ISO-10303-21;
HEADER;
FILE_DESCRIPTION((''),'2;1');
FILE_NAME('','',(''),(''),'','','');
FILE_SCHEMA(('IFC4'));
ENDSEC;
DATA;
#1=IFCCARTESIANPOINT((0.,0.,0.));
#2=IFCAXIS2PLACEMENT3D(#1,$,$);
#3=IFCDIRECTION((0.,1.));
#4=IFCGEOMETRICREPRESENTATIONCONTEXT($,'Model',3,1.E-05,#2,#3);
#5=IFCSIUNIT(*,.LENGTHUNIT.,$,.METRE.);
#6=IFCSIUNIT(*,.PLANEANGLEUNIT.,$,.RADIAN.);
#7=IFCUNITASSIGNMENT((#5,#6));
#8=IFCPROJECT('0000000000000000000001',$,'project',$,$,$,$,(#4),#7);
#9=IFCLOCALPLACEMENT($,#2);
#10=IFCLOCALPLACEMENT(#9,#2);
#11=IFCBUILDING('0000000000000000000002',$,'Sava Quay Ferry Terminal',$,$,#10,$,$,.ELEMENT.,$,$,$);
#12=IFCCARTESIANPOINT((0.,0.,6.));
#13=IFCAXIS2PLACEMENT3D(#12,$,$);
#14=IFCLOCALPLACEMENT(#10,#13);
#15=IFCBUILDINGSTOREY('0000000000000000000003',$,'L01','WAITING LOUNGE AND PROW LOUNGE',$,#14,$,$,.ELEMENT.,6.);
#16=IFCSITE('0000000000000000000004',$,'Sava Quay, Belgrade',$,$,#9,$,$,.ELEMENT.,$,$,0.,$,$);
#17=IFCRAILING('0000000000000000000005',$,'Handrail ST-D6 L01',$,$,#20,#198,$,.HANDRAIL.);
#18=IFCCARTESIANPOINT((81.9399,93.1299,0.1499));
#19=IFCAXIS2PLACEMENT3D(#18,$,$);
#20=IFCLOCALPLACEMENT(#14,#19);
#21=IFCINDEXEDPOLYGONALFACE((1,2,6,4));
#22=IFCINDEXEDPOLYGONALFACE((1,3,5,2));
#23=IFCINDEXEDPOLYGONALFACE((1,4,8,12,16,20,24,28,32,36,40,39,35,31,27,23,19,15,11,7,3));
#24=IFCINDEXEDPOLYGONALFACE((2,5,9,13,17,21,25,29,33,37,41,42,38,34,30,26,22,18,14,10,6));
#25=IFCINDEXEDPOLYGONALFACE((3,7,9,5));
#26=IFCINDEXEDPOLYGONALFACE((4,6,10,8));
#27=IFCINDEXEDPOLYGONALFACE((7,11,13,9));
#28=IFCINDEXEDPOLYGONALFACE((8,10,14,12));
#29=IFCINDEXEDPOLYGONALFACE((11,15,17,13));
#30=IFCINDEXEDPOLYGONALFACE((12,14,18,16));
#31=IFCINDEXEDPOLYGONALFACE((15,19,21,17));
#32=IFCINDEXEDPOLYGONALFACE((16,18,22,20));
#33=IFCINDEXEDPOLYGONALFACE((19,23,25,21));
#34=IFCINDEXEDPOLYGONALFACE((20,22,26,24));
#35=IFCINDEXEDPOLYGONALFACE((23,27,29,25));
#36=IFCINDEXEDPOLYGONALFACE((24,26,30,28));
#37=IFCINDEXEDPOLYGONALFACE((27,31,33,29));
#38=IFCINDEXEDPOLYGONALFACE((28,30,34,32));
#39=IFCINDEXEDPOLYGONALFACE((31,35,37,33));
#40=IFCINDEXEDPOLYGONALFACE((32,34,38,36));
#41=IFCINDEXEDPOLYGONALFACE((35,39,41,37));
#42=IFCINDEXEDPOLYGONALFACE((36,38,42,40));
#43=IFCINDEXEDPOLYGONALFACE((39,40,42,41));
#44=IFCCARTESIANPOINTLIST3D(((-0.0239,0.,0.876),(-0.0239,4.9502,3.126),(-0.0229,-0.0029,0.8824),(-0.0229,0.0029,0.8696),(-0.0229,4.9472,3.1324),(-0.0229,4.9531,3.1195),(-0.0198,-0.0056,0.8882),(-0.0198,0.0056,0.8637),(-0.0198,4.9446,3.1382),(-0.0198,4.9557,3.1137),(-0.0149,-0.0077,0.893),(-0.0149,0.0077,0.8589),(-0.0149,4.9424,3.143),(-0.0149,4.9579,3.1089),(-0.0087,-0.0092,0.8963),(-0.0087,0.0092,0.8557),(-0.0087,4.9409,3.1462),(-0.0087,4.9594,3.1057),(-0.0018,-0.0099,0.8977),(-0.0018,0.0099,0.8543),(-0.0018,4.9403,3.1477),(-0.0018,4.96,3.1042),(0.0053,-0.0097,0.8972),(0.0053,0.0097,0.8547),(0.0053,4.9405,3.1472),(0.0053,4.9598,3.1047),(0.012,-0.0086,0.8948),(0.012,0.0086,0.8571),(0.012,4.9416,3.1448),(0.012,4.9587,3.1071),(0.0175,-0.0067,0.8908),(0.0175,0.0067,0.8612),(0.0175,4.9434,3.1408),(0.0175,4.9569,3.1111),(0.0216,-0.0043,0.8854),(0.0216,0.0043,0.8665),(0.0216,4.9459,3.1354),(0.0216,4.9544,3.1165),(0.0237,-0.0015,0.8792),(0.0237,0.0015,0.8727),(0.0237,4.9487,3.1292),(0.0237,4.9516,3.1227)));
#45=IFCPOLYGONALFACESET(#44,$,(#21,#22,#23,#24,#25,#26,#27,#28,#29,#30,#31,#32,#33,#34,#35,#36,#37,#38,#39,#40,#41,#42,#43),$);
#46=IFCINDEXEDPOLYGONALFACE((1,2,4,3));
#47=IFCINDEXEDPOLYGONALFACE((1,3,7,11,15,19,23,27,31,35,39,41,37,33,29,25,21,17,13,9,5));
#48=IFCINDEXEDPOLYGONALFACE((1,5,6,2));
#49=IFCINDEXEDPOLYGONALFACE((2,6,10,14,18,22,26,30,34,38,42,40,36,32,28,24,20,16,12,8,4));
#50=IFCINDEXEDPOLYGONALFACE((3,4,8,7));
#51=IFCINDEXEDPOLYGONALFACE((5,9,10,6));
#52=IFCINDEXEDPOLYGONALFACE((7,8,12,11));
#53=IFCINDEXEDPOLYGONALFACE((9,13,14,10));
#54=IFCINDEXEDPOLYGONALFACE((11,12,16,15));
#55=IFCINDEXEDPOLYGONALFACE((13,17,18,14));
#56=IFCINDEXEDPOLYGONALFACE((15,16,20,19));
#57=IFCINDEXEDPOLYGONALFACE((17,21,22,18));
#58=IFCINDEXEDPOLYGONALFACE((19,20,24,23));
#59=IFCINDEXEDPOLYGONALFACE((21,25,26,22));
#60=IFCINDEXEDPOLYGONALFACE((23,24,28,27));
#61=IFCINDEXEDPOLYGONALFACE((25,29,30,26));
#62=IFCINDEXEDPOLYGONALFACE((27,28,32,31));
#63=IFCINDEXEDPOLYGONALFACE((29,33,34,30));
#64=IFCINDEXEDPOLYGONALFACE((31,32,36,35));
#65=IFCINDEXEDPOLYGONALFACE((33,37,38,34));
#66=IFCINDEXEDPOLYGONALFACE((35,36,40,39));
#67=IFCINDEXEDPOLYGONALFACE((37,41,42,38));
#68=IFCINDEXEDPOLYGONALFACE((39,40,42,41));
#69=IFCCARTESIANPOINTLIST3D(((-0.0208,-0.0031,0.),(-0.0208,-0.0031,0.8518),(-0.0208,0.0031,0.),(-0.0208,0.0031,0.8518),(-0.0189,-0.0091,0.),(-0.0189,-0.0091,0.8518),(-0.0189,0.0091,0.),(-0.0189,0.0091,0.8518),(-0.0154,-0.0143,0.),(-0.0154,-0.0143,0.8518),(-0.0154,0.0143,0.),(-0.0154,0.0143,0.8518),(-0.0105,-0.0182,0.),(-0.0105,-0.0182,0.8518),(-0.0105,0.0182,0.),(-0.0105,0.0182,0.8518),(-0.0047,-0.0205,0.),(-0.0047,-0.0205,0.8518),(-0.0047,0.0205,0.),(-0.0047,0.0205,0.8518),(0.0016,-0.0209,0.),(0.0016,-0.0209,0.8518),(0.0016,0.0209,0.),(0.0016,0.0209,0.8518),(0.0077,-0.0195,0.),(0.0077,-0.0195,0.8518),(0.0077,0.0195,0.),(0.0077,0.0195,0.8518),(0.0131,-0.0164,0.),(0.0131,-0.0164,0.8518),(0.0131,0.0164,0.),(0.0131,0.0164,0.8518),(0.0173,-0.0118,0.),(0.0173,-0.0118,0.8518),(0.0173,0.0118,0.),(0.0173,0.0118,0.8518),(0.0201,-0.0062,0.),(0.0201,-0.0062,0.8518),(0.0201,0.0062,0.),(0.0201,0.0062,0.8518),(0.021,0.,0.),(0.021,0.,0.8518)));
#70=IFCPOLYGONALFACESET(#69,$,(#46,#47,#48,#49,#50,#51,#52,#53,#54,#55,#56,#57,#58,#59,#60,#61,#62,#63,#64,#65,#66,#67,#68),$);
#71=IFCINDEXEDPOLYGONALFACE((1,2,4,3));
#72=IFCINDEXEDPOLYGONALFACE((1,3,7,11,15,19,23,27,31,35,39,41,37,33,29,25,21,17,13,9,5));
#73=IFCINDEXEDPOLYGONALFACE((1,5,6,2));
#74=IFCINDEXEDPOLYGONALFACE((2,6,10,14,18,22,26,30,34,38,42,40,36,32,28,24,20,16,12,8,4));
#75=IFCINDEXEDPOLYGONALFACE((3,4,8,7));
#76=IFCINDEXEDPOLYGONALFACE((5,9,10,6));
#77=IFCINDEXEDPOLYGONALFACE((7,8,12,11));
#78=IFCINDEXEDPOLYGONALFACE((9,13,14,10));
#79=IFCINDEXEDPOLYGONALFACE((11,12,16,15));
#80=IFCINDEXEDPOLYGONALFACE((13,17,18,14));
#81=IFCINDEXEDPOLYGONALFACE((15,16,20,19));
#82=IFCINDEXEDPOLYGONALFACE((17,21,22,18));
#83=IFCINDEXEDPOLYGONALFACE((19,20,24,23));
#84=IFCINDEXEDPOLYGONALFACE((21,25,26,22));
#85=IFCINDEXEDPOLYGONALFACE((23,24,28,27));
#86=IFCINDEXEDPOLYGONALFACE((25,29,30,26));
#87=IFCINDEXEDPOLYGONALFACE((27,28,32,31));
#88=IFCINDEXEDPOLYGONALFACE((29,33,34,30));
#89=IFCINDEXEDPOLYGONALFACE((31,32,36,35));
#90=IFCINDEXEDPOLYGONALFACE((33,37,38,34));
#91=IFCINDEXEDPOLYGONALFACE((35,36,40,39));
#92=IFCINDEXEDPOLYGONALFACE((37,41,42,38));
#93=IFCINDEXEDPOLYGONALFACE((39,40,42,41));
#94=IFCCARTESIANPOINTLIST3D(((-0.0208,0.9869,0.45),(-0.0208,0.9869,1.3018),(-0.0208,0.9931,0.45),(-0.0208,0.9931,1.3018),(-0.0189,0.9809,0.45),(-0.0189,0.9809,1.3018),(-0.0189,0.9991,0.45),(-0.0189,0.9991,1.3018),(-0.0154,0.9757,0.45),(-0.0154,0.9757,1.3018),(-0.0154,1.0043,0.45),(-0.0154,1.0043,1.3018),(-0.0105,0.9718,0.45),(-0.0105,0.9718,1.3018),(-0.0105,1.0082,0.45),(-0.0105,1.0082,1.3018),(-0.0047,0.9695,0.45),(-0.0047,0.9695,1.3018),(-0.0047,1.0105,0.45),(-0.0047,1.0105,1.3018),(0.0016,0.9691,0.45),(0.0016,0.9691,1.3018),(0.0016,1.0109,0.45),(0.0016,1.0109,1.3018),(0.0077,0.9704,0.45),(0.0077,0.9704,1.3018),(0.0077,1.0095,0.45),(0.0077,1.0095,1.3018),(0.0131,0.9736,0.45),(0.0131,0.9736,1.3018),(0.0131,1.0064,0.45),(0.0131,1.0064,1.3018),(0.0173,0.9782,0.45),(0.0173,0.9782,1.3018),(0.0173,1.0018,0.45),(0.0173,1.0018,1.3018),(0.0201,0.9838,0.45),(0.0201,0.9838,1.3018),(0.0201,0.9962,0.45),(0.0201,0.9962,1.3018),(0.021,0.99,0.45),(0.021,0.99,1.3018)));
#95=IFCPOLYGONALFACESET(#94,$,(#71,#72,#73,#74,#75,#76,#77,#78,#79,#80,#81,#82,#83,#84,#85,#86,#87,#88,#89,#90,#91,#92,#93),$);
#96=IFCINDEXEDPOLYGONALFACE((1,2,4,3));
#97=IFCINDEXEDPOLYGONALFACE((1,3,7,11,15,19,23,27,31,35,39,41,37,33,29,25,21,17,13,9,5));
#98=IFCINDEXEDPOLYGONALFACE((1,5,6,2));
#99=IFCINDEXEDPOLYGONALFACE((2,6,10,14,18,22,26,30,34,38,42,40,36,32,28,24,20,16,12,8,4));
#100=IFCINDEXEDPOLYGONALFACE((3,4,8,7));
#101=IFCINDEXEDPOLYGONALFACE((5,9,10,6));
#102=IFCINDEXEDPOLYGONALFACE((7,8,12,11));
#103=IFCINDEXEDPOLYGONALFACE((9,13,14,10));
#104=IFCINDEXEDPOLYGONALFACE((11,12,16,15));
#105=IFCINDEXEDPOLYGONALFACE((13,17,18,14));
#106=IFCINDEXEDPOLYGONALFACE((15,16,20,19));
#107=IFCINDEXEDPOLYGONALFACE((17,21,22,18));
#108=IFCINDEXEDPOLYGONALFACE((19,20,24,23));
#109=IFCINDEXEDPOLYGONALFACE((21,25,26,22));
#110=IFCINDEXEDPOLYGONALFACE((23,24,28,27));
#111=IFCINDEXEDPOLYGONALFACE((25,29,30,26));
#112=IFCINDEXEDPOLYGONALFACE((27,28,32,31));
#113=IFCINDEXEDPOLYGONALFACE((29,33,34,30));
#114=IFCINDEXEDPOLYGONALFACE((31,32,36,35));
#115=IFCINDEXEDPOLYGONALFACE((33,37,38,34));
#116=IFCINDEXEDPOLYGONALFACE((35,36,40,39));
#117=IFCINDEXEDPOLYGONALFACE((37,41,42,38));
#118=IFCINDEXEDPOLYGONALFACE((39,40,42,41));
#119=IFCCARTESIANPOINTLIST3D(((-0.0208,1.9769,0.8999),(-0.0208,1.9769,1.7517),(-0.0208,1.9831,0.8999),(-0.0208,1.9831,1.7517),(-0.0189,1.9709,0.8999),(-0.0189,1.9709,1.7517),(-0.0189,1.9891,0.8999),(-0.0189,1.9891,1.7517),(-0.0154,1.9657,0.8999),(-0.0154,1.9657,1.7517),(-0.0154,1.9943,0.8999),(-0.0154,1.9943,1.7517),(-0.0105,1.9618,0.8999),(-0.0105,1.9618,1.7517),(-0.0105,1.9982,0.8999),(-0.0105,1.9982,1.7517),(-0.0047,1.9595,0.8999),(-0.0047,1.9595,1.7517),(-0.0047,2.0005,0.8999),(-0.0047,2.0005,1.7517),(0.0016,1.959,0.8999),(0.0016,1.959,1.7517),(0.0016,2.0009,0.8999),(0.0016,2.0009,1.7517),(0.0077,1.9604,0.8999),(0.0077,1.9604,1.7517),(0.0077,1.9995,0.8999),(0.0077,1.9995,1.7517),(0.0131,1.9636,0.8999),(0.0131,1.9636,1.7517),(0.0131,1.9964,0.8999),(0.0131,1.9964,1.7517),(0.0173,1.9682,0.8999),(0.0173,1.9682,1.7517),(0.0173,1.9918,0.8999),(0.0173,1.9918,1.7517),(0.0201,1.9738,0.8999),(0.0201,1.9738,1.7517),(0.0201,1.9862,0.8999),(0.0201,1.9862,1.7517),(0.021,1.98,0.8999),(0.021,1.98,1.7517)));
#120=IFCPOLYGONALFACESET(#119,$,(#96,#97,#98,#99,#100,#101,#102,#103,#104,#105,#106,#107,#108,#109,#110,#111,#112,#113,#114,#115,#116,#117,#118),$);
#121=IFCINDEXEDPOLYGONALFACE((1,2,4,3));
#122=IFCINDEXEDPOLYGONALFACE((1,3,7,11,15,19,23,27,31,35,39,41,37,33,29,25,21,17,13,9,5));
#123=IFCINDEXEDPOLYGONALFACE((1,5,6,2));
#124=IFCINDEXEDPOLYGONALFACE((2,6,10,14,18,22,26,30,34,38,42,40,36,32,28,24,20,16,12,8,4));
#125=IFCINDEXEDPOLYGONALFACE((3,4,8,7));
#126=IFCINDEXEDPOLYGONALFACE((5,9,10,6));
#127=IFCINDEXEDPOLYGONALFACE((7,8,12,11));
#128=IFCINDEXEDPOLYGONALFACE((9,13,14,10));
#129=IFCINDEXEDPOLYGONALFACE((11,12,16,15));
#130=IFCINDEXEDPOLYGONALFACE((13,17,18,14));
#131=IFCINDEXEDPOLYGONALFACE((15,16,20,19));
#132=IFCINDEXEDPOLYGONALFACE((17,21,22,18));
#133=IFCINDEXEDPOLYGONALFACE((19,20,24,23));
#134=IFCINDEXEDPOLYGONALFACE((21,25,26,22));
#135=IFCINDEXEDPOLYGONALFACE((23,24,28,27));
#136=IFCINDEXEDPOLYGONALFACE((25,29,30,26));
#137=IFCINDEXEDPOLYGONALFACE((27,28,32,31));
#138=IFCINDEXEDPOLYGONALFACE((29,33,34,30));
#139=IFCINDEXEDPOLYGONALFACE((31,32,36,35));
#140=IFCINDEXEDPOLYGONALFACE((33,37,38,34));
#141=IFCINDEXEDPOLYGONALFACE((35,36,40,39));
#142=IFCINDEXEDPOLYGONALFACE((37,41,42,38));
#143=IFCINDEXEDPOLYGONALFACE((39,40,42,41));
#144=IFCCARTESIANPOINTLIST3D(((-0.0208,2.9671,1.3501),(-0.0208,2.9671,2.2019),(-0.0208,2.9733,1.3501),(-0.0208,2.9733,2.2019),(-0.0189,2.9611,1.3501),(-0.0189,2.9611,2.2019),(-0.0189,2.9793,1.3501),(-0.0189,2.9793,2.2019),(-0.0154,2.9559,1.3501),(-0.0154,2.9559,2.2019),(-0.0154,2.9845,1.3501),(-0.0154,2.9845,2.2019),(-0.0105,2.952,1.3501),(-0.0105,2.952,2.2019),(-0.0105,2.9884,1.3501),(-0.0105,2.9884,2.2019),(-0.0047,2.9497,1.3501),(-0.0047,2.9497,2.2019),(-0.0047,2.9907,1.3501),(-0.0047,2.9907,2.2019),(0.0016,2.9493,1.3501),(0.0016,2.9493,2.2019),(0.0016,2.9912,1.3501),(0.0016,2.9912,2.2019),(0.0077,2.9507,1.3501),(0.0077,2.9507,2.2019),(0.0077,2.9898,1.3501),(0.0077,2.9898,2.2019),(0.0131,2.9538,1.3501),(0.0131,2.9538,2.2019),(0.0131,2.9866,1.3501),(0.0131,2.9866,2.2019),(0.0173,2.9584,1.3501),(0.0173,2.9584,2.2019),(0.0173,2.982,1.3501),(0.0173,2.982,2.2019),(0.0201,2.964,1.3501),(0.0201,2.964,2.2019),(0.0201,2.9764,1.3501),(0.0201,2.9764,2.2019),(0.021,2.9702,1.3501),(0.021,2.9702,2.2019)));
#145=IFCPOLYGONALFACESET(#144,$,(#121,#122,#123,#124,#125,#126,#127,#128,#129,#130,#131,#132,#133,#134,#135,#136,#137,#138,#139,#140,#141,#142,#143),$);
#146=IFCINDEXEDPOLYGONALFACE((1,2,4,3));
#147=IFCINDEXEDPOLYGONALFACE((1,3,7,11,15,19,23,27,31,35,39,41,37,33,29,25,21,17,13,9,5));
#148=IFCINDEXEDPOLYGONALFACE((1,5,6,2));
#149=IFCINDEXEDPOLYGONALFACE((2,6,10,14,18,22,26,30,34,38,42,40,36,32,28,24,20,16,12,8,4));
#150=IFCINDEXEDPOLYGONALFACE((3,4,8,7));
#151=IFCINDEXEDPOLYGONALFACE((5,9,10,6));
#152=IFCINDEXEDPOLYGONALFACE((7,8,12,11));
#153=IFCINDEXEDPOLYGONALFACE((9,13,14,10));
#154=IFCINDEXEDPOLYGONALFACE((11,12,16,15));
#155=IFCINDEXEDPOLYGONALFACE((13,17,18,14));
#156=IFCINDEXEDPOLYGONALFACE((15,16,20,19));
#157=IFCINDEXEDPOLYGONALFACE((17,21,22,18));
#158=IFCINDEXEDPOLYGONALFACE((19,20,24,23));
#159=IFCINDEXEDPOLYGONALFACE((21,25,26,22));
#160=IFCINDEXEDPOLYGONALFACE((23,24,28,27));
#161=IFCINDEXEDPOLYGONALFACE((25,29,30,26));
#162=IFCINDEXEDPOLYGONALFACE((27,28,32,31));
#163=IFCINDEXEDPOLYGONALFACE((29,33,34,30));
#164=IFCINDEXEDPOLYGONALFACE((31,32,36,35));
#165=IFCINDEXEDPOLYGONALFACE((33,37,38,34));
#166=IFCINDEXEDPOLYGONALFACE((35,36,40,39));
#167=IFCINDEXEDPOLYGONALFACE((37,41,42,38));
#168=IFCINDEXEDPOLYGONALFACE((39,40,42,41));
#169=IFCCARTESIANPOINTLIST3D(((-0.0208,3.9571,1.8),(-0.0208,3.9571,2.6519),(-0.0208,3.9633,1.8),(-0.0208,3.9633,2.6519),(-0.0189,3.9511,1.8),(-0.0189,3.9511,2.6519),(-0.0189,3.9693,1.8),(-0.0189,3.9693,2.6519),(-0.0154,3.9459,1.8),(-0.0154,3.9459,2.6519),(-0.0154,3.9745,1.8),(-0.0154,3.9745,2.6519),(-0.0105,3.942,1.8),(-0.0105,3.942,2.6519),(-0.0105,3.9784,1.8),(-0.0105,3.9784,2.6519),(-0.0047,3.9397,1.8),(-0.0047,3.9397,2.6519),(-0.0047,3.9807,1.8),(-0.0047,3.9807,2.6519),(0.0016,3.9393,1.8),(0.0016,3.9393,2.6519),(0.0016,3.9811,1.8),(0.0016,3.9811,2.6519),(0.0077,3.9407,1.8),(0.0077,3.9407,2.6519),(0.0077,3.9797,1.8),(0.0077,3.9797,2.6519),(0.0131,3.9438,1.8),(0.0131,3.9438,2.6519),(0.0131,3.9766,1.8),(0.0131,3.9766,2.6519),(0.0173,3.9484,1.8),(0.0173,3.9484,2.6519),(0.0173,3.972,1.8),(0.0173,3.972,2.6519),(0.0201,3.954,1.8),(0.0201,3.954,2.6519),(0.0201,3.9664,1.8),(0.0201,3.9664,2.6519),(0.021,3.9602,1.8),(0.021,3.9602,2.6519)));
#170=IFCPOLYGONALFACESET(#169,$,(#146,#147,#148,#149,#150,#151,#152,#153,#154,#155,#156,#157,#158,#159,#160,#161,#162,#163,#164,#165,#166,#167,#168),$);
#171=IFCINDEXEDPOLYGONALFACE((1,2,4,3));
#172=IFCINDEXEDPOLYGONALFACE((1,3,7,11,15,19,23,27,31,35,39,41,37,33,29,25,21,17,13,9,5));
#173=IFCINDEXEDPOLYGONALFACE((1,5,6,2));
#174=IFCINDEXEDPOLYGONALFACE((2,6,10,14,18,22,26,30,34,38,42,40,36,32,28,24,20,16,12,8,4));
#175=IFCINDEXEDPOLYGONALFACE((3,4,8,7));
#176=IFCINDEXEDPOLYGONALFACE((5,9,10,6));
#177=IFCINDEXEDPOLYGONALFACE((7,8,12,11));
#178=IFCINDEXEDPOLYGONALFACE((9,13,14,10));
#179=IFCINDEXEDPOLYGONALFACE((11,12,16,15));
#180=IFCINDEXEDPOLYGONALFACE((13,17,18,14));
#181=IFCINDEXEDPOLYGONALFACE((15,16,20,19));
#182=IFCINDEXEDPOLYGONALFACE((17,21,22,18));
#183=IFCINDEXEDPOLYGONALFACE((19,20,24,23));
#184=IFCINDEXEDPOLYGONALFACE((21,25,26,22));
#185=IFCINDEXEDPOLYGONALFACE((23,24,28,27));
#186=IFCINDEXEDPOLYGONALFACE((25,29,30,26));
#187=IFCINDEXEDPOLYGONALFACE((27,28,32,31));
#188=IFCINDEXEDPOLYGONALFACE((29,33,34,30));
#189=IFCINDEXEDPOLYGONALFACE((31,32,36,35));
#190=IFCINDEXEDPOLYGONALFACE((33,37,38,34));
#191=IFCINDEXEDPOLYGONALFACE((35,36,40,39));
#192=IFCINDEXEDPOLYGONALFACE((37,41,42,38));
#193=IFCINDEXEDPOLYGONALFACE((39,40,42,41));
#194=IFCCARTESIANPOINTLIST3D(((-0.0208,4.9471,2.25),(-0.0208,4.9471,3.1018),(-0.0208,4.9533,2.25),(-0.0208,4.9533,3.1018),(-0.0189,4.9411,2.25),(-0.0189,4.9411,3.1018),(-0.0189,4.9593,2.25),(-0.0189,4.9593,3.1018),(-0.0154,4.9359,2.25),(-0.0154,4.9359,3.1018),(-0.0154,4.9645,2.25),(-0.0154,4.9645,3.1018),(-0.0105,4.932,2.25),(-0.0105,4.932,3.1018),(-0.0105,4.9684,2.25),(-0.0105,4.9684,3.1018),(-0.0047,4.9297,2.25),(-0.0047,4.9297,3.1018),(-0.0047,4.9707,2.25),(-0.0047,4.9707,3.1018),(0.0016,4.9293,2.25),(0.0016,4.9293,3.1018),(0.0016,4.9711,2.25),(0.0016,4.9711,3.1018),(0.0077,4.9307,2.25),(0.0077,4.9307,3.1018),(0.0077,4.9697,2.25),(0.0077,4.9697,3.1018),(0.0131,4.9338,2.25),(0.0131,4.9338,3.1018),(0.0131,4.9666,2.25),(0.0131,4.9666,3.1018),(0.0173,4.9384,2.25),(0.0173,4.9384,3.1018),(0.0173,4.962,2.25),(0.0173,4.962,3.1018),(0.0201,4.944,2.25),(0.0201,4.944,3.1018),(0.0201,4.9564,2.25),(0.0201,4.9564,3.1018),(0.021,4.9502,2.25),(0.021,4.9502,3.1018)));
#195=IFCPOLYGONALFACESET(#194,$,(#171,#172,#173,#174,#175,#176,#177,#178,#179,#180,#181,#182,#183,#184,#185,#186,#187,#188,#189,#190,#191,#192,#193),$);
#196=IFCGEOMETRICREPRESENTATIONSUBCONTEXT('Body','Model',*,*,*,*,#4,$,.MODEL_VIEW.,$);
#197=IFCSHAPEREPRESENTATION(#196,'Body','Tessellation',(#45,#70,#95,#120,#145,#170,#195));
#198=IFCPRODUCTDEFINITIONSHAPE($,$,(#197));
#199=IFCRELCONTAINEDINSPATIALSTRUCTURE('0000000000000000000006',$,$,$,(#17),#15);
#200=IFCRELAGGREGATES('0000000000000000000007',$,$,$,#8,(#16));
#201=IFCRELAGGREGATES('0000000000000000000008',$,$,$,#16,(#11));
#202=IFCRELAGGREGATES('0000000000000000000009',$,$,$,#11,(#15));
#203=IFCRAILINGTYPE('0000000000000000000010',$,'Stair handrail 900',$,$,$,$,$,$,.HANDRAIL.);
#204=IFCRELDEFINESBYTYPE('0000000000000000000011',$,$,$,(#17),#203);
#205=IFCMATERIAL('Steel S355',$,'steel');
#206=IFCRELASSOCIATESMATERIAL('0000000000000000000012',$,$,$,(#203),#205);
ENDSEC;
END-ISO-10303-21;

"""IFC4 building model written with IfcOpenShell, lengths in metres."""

from ifc_helpers import new_model, si_unit, direction, frame, origin, origin_2d, place, context, subcontext, project, spatial, circle, extrude, material, type_object, element, save


model = new_model("IFC4")

# Units and contexts
model_context = context("Model", 3, precision=1e-05, world=origin(), true_north=direction((0.0, 1.0)))
body_context = subcontext(model_context, "Body", "Model", "MODEL_VIEW")
ifc_project = project(units=[si_unit("LENGTHUNIT", "METRE"), si_unit("PLANEANGLEUNIT", "RADIAN")], contexts=[model_context])

# Site, building, storey
site_placement = place(None, origin())
site = spatial("IfcSite", under=ifc_project, at=site_placement, Name="Sava Quay, Belgrade", CompositionType="ELEMENT", RefElevation=0.0)
building_placement = place(site_placement, origin())
building = spatial("IfcBuilding", under=site, at=building_placement, Name="Sava Quay Ferry Terminal", CompositionType="ELEMENT")
storey_placement = place(building_placement, frame((0.0, 0.0, 6.0)))
storey = spatial("IfcBuildingStorey", under=building, at=storey_placement, Name="L01", Description="WAITING LOUNGE AND PROW LOUNGE", CompositionType="ELEMENT", Elevation=6.0)

# Railing
ifc_material_1 = material(Name="Steel S355", Category="steel")
railing_type_1 = type_object("IfcRailingType", Name="Stair handrail 900", PredefinedType="HANDRAIL", material=ifc_material_1)
railing_1_placement = place(storey_placement, frame((81.9399, 93.1299, 0.1499)))
element("IfcRailing", 1, at=railing_1_placement, inside=storey, type_object=railing_type_1, Name="Handrail ST-D6 L01", PredefinedType="HANDRAIL", context=body_context, shape_type="SweptSolid", body=[
    extrude(circle(Radius=0.0239, at=origin_2d()), frame((0.0, 0.0, 0.876), z_axis=(0.0, 0.910373, 0.413789), x_axis=(-1.0, 0.0, 0.0)), (0.0, 0.0, 1.0), 5.4375),
    extrude(circle(Radius=0.021, at=origin_2d()), origin(), (0.0, 0.0, 1.0), 0.8518),
    extrude(circle(Radius=0.021, at=origin_2d()), frame((0.0, 0.99, 0.45)), (0.0, 0.0, 1.0), 0.8518),
    extrude(circle(Radius=0.021, at=origin_2d()), frame((0.0, 1.98, 0.8999)), (0.0, 0.0, 1.0), 0.8518),
    extrude(circle(Radius=0.021, at=origin_2d()), frame((0.0, 2.9702, 1.3501)), (0.0, 0.0, 1.0), 0.8518),
    extrude(circle(Radius=0.021, at=origin_2d()), frame((0.0, 3.9602, 1.8)), (0.0, 0.0, 1.0), 0.8518),
    extrude(circle(Radius=0.021, at=origin_2d()), frame((0.0, 4.9502, 2.25)), (0.0, 0.0, 1.0), 0.8518),
])

save(model, "model.ifc")
